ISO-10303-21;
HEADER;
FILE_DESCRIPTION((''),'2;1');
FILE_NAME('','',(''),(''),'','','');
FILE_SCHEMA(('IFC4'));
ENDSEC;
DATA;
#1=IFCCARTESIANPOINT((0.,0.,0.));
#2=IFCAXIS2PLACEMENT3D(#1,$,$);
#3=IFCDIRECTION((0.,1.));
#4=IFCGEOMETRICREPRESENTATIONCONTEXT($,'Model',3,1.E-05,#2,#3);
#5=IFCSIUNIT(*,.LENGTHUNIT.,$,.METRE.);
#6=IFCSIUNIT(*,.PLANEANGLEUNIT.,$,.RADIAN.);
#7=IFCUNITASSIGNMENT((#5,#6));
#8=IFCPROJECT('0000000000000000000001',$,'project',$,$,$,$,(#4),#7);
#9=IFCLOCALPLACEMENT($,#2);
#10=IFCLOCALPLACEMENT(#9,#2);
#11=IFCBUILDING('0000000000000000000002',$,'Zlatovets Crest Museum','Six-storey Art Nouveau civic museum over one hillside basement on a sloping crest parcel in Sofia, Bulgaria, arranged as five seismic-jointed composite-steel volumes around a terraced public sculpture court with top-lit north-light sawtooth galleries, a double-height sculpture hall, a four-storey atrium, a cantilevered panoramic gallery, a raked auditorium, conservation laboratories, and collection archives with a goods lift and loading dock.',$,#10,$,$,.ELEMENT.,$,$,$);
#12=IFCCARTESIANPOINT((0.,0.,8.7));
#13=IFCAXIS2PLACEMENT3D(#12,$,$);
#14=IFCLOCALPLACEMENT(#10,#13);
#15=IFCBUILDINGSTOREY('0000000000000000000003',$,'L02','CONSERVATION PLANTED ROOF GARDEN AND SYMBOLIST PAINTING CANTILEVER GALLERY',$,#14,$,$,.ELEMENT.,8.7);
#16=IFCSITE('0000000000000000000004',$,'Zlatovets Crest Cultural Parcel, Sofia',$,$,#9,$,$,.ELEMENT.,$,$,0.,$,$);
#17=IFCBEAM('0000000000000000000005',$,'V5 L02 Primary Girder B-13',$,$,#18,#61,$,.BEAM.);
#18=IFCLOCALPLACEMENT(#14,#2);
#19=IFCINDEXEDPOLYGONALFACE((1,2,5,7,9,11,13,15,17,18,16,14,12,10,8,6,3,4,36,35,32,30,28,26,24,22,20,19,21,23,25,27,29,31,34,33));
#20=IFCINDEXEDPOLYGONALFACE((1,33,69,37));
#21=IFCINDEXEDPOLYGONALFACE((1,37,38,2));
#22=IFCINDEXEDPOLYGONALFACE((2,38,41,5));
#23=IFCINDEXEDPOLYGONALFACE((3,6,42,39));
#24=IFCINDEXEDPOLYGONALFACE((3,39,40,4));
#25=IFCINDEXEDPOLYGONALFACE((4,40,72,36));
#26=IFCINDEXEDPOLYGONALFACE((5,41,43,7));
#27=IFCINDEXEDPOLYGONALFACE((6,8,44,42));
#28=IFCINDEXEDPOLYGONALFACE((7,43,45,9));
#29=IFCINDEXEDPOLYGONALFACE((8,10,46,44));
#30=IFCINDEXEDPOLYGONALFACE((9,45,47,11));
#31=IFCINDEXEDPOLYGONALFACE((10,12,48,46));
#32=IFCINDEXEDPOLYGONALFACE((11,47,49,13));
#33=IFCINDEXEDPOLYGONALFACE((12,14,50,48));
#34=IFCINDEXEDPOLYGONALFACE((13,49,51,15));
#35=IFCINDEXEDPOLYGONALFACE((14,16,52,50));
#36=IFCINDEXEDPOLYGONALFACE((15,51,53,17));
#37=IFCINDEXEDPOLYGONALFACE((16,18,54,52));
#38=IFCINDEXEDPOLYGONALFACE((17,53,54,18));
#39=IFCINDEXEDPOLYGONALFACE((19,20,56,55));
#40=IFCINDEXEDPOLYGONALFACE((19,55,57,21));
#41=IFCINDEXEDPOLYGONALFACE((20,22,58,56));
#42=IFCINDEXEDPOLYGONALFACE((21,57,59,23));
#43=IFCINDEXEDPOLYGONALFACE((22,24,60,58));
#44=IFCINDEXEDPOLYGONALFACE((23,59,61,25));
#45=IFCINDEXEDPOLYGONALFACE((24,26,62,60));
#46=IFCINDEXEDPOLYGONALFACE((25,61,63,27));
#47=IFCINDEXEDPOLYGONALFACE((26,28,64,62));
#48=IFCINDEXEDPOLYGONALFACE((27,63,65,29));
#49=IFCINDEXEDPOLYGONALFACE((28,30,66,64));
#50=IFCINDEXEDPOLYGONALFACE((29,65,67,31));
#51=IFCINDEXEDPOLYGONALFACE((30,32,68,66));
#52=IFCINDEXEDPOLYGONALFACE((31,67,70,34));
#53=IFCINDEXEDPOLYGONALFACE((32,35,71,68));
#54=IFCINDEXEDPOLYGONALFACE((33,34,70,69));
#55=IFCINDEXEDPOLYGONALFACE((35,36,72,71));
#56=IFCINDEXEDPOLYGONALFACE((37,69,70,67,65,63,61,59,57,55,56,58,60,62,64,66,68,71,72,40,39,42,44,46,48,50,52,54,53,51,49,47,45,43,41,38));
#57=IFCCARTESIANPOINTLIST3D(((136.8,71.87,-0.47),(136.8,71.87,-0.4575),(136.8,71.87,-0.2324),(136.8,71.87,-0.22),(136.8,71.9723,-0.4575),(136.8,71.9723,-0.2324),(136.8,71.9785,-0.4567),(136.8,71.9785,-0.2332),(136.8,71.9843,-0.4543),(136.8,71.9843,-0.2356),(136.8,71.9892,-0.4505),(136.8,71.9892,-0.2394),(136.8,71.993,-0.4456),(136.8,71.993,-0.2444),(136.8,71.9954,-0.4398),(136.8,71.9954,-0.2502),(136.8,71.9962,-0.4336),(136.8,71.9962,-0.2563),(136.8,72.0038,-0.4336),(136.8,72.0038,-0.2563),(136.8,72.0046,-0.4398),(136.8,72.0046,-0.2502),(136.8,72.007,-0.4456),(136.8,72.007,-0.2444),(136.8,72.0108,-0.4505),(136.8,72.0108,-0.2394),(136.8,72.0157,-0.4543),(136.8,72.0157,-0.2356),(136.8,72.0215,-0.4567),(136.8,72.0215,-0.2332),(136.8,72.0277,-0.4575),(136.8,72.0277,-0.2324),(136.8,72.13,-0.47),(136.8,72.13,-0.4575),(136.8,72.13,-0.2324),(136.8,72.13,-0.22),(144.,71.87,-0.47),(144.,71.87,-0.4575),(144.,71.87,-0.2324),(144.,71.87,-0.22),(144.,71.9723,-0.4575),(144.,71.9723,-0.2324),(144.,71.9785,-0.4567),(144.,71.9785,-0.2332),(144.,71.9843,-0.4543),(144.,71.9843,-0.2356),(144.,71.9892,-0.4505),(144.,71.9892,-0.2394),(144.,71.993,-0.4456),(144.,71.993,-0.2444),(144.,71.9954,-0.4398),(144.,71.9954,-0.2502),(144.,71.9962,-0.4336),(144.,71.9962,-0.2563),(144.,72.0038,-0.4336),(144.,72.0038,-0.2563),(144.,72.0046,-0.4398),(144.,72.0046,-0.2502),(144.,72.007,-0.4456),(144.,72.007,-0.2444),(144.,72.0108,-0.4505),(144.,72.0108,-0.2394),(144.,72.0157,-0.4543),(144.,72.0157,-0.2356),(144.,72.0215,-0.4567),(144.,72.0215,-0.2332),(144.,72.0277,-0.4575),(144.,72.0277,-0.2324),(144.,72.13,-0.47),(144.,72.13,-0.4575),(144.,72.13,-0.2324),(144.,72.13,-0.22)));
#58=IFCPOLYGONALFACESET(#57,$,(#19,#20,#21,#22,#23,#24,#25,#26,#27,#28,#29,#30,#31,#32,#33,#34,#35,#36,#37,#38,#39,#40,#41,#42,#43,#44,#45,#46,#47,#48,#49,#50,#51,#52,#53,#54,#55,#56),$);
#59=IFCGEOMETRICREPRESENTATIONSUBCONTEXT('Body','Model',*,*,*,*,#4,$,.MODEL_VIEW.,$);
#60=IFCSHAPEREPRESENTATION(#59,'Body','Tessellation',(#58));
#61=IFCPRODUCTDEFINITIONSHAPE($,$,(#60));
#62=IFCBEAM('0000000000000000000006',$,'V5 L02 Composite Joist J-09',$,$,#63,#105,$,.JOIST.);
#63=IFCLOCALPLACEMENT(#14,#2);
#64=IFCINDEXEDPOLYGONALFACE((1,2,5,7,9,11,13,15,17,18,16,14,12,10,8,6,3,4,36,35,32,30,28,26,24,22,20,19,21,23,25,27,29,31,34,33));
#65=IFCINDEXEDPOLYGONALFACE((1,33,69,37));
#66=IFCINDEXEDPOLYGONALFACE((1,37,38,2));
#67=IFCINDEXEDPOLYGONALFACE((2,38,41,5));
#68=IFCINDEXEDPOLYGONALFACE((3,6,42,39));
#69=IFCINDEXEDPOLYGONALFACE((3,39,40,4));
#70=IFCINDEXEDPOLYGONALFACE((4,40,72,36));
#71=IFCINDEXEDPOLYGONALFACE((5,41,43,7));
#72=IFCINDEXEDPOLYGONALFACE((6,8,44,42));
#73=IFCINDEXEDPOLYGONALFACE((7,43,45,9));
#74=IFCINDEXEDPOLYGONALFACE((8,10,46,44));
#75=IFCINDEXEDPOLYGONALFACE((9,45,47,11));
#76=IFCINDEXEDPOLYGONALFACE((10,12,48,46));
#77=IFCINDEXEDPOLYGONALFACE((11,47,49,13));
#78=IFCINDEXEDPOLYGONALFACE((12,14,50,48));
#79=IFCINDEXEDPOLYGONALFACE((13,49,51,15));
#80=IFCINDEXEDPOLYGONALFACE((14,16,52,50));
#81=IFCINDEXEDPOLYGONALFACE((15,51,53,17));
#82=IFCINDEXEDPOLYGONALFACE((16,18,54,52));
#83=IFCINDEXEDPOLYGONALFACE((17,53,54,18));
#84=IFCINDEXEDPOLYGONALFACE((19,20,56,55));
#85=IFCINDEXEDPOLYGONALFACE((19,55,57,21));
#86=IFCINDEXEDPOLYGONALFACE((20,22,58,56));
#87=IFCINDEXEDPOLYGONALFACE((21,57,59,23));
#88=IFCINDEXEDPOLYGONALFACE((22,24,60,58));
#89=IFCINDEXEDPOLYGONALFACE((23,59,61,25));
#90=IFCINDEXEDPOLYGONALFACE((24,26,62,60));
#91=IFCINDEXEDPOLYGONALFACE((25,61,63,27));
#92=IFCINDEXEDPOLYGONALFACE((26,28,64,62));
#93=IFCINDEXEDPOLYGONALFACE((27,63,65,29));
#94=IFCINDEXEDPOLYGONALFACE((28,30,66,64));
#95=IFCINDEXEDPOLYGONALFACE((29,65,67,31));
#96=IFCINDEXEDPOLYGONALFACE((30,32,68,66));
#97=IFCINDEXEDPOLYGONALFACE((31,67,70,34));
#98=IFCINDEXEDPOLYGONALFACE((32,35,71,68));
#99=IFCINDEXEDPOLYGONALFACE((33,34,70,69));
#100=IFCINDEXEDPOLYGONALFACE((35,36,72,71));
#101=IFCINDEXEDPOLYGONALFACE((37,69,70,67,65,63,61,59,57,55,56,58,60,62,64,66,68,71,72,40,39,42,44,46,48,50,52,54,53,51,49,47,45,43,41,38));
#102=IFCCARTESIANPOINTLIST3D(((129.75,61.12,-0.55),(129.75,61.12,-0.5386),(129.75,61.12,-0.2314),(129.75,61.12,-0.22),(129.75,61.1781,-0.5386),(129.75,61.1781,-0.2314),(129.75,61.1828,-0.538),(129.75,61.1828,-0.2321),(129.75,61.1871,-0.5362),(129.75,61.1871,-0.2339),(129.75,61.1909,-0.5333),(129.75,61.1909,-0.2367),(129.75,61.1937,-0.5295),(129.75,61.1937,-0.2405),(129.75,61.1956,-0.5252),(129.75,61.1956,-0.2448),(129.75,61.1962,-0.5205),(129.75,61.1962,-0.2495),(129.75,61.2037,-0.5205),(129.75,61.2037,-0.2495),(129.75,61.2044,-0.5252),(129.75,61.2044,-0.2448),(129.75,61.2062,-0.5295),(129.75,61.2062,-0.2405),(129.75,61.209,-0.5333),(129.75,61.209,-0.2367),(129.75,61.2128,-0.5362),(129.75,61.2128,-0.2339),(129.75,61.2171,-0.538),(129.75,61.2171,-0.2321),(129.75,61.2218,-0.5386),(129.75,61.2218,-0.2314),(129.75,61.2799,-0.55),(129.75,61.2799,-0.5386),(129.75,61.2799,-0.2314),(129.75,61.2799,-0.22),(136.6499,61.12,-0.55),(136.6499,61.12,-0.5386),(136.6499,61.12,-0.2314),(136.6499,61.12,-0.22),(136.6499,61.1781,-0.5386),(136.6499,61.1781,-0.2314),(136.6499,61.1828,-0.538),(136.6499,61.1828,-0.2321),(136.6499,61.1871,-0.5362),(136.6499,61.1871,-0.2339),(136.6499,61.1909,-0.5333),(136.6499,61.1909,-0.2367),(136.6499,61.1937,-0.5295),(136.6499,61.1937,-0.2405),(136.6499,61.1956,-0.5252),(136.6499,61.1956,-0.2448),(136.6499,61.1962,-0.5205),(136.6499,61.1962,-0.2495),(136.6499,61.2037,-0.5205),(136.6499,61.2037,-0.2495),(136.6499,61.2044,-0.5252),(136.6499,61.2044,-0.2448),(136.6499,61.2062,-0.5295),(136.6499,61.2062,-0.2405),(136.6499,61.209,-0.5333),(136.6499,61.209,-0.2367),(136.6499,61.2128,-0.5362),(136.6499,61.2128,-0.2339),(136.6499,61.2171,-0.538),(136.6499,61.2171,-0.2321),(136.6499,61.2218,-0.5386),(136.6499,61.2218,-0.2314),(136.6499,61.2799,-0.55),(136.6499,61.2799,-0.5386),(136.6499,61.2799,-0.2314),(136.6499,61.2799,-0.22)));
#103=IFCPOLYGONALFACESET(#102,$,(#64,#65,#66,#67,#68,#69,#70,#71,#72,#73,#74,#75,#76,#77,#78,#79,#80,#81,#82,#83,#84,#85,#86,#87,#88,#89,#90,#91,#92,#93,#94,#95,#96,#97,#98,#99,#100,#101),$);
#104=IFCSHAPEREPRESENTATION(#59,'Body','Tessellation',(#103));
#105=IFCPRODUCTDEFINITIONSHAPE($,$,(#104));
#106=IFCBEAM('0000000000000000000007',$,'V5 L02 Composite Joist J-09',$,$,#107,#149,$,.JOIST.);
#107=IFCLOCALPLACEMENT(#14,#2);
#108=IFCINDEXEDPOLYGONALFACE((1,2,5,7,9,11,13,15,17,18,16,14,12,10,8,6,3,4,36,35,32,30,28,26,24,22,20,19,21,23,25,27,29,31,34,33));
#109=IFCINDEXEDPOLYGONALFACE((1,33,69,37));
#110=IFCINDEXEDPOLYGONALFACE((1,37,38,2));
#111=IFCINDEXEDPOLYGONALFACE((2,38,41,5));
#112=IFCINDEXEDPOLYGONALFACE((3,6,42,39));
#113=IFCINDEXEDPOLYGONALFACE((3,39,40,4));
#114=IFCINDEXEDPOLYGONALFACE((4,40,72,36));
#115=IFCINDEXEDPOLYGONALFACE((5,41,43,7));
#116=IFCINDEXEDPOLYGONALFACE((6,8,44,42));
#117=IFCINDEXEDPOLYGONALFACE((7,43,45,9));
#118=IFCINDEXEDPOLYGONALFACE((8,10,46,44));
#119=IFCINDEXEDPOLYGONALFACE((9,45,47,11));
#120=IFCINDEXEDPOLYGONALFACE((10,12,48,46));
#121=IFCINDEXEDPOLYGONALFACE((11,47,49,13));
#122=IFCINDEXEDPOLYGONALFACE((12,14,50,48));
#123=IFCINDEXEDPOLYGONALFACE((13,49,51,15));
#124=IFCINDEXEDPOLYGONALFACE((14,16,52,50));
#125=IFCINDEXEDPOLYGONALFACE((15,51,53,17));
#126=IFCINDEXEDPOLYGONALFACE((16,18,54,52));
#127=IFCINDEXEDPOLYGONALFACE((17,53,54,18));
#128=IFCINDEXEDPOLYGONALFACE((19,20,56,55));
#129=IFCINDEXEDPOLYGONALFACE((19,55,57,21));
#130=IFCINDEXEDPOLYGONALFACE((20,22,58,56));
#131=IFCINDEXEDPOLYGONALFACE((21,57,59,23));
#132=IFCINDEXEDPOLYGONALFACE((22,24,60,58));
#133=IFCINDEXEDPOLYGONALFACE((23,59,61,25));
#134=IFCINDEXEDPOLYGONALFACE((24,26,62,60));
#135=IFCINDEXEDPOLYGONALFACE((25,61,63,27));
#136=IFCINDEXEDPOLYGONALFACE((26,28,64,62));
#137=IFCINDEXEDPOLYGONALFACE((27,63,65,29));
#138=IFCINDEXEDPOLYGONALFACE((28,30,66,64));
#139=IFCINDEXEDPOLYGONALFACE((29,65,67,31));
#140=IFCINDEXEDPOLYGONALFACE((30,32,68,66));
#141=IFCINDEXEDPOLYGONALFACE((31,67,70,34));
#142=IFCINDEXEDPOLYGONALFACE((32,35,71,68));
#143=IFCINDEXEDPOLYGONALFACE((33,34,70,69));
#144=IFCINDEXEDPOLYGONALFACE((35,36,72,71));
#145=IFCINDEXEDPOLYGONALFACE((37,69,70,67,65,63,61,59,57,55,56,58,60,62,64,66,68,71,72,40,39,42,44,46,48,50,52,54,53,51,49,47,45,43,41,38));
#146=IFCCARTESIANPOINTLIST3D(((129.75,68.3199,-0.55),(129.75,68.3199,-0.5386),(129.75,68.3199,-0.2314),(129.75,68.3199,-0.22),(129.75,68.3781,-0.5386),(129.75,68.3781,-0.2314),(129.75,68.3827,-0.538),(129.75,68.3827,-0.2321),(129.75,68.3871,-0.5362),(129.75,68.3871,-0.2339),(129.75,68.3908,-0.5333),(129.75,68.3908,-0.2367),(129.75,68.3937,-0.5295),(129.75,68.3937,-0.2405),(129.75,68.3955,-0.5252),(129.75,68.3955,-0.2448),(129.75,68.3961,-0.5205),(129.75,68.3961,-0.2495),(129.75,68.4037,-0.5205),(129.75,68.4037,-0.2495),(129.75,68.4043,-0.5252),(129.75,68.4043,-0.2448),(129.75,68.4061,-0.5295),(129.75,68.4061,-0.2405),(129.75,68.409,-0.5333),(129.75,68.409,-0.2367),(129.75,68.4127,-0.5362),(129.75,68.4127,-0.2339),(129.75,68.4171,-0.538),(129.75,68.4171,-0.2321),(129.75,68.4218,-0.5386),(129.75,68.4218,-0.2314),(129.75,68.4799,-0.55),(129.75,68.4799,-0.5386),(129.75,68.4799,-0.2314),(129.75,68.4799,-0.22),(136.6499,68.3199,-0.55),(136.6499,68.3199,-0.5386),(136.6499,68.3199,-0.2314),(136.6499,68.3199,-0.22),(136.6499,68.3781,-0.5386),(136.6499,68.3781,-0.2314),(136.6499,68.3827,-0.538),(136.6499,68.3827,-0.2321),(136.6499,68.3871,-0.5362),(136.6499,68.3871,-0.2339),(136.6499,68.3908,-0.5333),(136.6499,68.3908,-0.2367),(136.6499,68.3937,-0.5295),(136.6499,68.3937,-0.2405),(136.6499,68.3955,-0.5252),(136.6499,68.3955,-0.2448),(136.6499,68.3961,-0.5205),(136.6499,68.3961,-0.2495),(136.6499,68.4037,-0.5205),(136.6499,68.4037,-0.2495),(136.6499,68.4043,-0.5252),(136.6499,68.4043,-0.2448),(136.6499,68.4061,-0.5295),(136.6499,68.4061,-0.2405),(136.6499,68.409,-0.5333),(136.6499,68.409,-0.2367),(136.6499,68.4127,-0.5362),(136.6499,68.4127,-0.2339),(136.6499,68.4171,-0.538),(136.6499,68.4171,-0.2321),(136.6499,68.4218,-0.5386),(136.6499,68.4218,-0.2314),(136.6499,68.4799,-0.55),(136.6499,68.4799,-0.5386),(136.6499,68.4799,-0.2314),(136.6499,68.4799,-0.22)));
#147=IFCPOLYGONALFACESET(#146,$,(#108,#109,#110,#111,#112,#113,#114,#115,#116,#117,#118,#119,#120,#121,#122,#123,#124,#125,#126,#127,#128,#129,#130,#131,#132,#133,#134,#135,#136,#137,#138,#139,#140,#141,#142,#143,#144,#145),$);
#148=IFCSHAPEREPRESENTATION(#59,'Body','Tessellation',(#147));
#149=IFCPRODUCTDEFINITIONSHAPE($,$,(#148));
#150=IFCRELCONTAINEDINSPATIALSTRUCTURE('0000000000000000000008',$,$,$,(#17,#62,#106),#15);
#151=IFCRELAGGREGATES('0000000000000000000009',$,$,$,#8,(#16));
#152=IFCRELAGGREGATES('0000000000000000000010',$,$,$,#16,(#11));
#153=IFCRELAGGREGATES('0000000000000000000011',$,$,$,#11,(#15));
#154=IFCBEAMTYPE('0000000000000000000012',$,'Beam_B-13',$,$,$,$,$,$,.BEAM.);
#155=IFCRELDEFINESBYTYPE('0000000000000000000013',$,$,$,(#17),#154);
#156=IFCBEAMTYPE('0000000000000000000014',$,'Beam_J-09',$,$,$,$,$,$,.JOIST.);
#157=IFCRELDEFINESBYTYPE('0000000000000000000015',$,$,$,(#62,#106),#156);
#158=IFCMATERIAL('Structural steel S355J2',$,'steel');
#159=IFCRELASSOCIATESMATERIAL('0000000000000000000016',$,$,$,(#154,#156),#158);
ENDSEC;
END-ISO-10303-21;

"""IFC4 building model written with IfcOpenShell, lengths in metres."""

from ifc_helpers import new_model, si_unit, direction, frame, origin, origin_2d, place, context, subcontext, project, spatial, i_section, extrude, material, material_profile, profile_set, type_object, element, save


model = new_model("IFC4")

# Units and contexts
model_context = context("Model", 3, precision=1e-05, world=origin(), true_north=direction((0.0, 1.0)))
body_context = subcontext(model_context, "Body", "Model", "MODEL_VIEW")
ifc_project = project(units=[si_unit("LENGTHUNIT", "METRE"), si_unit("PLANEANGLEUNIT", "RADIAN")], contexts=[model_context])

# Site, building, storey
site_placement = place(None, origin())
site = spatial("IfcSite", under=ifc_project, at=site_placement, Name="Zlatovets Crest Cultural Parcel, Sofia", CompositionType="ELEMENT", RefElevation=0.0)
building_placement = place(site_placement, origin())
building = spatial("IfcBuilding", under=site, at=building_placement, Name="Zlatovets Crest Museum", Description="Six-storey Art Nouveau civic museum over one hillside basement on a sloping crest parcel in Sofia, Bulgaria, arranged as five seismic-jointed composite-steel volumes around a terraced public sculpture court with top-lit north-light sawtooth galleries, a double-height sculpture hall, a four-storey atrium, a cantilevered panoramic gallery, a raked auditorium, conservation laboratories, and collection archives with a goods lift and loading dock.", CompositionType="ELEMENT")
storey_placement = place(building_placement, frame((0.0, 0.0, 8.7)))
storey = spatial("IfcBuildingStorey", under=building, at=storey_placement, Name="L02", Description="CONSERVATION PLANTED ROOF GARDEN AND SYMBOLIST PAINTING CANTILEVER GALLERY", CompositionType="ELEMENT", Elevation=8.7)

# Shared definitions
ifc_material_1 = material(Name="Structural steel S355J2", Category="steel")

# Beams
ifc_material_profile_1 = material_profile(ifc_material_1, i_section(OverallWidth=0.26, OverallDepth=0.25, WebThickness=0.0076, FlangeThickness=0.0125, FilletRadius=0.0239, at=origin_2d()), Name="HEA 260")
ifc_profile_set_1 = profile_set([ifc_material_profile_1], Name="Structural steel S355J2")
beam_type_1 = type_object("IfcBeamType", Name="Beam_B-13", PredefinedType="BEAM", material=ifc_profile_set_1)
for number, where, z_axis, x_axis, name in (
    (1, (136.8, 72.0, -0.345), (1.0, 0.0, 0.0), (0.0, 1.0, 0.0), "V5 L02 Primary Girder B-13"),
):
    element("IfcBeam", number, at=place(storey_placement, frame(where, z_axis=z_axis, x_axis=x_axis)), inside=storey, type_object=beam_type_1, Name=name, PredefinedType="BEAM", context=body_context, shape_type="SweptSolid", body=[
        extrude(i_section(OverallWidth=0.26, OverallDepth=0.25, WebThickness=0.0076, FlangeThickness=0.0125, FilletRadius=0.0239, at=origin_2d()), origin(), (0.0, 0.0, 1.0), 7.2),
    ])
ifc_material_profile_2 = material_profile(ifc_material_1, i_section(OverallWidth=0.1599, OverallDepth=0.3301, WebThickness=0.0076, FlangeThickness=0.0115, FilletRadius=0.0181, at=origin_2d()), Name="IPE 330")
ifc_profile_set_2 = profile_set([ifc_material_profile_2], Name="Structural steel S355J2")
beam_type_2 = type_object("IfcBeamType", Name="Beam_J-09", PredefinedType="JOIST", material=ifc_profile_set_2)
for number, where, z_axis, x_axis, name in (
    (2, (129.75, 61.2, -0.385), (1.0, 0.0, 0.0), (0.0, 1.0, 0.0), "V5 L02 Composite Joist J-09"),
    (3, (129.75, 68.3999, -0.385), (1.0, 0.0, 0.0), (0.0, 1.0, 0.0), "V5 L02 Composite Joist J-09"),
):
    element("IfcBeam", number, at=place(storey_placement, frame(where, z_axis=z_axis, x_axis=x_axis)), inside=storey, type_object=beam_type_2, Name=name, PredefinedType="JOIST", context=body_context, shape_type="SweptSolid", body=[
        extrude(i_section(OverallWidth=0.1599, OverallDepth=0.3301, WebThickness=0.0076, FlangeThickness=0.0115, FilletRadius=0.0181, at=origin_2d()), origin(), (0.0, 0.0, 1.0), 6.8999),
    ])

save(model, "model.ifc")
